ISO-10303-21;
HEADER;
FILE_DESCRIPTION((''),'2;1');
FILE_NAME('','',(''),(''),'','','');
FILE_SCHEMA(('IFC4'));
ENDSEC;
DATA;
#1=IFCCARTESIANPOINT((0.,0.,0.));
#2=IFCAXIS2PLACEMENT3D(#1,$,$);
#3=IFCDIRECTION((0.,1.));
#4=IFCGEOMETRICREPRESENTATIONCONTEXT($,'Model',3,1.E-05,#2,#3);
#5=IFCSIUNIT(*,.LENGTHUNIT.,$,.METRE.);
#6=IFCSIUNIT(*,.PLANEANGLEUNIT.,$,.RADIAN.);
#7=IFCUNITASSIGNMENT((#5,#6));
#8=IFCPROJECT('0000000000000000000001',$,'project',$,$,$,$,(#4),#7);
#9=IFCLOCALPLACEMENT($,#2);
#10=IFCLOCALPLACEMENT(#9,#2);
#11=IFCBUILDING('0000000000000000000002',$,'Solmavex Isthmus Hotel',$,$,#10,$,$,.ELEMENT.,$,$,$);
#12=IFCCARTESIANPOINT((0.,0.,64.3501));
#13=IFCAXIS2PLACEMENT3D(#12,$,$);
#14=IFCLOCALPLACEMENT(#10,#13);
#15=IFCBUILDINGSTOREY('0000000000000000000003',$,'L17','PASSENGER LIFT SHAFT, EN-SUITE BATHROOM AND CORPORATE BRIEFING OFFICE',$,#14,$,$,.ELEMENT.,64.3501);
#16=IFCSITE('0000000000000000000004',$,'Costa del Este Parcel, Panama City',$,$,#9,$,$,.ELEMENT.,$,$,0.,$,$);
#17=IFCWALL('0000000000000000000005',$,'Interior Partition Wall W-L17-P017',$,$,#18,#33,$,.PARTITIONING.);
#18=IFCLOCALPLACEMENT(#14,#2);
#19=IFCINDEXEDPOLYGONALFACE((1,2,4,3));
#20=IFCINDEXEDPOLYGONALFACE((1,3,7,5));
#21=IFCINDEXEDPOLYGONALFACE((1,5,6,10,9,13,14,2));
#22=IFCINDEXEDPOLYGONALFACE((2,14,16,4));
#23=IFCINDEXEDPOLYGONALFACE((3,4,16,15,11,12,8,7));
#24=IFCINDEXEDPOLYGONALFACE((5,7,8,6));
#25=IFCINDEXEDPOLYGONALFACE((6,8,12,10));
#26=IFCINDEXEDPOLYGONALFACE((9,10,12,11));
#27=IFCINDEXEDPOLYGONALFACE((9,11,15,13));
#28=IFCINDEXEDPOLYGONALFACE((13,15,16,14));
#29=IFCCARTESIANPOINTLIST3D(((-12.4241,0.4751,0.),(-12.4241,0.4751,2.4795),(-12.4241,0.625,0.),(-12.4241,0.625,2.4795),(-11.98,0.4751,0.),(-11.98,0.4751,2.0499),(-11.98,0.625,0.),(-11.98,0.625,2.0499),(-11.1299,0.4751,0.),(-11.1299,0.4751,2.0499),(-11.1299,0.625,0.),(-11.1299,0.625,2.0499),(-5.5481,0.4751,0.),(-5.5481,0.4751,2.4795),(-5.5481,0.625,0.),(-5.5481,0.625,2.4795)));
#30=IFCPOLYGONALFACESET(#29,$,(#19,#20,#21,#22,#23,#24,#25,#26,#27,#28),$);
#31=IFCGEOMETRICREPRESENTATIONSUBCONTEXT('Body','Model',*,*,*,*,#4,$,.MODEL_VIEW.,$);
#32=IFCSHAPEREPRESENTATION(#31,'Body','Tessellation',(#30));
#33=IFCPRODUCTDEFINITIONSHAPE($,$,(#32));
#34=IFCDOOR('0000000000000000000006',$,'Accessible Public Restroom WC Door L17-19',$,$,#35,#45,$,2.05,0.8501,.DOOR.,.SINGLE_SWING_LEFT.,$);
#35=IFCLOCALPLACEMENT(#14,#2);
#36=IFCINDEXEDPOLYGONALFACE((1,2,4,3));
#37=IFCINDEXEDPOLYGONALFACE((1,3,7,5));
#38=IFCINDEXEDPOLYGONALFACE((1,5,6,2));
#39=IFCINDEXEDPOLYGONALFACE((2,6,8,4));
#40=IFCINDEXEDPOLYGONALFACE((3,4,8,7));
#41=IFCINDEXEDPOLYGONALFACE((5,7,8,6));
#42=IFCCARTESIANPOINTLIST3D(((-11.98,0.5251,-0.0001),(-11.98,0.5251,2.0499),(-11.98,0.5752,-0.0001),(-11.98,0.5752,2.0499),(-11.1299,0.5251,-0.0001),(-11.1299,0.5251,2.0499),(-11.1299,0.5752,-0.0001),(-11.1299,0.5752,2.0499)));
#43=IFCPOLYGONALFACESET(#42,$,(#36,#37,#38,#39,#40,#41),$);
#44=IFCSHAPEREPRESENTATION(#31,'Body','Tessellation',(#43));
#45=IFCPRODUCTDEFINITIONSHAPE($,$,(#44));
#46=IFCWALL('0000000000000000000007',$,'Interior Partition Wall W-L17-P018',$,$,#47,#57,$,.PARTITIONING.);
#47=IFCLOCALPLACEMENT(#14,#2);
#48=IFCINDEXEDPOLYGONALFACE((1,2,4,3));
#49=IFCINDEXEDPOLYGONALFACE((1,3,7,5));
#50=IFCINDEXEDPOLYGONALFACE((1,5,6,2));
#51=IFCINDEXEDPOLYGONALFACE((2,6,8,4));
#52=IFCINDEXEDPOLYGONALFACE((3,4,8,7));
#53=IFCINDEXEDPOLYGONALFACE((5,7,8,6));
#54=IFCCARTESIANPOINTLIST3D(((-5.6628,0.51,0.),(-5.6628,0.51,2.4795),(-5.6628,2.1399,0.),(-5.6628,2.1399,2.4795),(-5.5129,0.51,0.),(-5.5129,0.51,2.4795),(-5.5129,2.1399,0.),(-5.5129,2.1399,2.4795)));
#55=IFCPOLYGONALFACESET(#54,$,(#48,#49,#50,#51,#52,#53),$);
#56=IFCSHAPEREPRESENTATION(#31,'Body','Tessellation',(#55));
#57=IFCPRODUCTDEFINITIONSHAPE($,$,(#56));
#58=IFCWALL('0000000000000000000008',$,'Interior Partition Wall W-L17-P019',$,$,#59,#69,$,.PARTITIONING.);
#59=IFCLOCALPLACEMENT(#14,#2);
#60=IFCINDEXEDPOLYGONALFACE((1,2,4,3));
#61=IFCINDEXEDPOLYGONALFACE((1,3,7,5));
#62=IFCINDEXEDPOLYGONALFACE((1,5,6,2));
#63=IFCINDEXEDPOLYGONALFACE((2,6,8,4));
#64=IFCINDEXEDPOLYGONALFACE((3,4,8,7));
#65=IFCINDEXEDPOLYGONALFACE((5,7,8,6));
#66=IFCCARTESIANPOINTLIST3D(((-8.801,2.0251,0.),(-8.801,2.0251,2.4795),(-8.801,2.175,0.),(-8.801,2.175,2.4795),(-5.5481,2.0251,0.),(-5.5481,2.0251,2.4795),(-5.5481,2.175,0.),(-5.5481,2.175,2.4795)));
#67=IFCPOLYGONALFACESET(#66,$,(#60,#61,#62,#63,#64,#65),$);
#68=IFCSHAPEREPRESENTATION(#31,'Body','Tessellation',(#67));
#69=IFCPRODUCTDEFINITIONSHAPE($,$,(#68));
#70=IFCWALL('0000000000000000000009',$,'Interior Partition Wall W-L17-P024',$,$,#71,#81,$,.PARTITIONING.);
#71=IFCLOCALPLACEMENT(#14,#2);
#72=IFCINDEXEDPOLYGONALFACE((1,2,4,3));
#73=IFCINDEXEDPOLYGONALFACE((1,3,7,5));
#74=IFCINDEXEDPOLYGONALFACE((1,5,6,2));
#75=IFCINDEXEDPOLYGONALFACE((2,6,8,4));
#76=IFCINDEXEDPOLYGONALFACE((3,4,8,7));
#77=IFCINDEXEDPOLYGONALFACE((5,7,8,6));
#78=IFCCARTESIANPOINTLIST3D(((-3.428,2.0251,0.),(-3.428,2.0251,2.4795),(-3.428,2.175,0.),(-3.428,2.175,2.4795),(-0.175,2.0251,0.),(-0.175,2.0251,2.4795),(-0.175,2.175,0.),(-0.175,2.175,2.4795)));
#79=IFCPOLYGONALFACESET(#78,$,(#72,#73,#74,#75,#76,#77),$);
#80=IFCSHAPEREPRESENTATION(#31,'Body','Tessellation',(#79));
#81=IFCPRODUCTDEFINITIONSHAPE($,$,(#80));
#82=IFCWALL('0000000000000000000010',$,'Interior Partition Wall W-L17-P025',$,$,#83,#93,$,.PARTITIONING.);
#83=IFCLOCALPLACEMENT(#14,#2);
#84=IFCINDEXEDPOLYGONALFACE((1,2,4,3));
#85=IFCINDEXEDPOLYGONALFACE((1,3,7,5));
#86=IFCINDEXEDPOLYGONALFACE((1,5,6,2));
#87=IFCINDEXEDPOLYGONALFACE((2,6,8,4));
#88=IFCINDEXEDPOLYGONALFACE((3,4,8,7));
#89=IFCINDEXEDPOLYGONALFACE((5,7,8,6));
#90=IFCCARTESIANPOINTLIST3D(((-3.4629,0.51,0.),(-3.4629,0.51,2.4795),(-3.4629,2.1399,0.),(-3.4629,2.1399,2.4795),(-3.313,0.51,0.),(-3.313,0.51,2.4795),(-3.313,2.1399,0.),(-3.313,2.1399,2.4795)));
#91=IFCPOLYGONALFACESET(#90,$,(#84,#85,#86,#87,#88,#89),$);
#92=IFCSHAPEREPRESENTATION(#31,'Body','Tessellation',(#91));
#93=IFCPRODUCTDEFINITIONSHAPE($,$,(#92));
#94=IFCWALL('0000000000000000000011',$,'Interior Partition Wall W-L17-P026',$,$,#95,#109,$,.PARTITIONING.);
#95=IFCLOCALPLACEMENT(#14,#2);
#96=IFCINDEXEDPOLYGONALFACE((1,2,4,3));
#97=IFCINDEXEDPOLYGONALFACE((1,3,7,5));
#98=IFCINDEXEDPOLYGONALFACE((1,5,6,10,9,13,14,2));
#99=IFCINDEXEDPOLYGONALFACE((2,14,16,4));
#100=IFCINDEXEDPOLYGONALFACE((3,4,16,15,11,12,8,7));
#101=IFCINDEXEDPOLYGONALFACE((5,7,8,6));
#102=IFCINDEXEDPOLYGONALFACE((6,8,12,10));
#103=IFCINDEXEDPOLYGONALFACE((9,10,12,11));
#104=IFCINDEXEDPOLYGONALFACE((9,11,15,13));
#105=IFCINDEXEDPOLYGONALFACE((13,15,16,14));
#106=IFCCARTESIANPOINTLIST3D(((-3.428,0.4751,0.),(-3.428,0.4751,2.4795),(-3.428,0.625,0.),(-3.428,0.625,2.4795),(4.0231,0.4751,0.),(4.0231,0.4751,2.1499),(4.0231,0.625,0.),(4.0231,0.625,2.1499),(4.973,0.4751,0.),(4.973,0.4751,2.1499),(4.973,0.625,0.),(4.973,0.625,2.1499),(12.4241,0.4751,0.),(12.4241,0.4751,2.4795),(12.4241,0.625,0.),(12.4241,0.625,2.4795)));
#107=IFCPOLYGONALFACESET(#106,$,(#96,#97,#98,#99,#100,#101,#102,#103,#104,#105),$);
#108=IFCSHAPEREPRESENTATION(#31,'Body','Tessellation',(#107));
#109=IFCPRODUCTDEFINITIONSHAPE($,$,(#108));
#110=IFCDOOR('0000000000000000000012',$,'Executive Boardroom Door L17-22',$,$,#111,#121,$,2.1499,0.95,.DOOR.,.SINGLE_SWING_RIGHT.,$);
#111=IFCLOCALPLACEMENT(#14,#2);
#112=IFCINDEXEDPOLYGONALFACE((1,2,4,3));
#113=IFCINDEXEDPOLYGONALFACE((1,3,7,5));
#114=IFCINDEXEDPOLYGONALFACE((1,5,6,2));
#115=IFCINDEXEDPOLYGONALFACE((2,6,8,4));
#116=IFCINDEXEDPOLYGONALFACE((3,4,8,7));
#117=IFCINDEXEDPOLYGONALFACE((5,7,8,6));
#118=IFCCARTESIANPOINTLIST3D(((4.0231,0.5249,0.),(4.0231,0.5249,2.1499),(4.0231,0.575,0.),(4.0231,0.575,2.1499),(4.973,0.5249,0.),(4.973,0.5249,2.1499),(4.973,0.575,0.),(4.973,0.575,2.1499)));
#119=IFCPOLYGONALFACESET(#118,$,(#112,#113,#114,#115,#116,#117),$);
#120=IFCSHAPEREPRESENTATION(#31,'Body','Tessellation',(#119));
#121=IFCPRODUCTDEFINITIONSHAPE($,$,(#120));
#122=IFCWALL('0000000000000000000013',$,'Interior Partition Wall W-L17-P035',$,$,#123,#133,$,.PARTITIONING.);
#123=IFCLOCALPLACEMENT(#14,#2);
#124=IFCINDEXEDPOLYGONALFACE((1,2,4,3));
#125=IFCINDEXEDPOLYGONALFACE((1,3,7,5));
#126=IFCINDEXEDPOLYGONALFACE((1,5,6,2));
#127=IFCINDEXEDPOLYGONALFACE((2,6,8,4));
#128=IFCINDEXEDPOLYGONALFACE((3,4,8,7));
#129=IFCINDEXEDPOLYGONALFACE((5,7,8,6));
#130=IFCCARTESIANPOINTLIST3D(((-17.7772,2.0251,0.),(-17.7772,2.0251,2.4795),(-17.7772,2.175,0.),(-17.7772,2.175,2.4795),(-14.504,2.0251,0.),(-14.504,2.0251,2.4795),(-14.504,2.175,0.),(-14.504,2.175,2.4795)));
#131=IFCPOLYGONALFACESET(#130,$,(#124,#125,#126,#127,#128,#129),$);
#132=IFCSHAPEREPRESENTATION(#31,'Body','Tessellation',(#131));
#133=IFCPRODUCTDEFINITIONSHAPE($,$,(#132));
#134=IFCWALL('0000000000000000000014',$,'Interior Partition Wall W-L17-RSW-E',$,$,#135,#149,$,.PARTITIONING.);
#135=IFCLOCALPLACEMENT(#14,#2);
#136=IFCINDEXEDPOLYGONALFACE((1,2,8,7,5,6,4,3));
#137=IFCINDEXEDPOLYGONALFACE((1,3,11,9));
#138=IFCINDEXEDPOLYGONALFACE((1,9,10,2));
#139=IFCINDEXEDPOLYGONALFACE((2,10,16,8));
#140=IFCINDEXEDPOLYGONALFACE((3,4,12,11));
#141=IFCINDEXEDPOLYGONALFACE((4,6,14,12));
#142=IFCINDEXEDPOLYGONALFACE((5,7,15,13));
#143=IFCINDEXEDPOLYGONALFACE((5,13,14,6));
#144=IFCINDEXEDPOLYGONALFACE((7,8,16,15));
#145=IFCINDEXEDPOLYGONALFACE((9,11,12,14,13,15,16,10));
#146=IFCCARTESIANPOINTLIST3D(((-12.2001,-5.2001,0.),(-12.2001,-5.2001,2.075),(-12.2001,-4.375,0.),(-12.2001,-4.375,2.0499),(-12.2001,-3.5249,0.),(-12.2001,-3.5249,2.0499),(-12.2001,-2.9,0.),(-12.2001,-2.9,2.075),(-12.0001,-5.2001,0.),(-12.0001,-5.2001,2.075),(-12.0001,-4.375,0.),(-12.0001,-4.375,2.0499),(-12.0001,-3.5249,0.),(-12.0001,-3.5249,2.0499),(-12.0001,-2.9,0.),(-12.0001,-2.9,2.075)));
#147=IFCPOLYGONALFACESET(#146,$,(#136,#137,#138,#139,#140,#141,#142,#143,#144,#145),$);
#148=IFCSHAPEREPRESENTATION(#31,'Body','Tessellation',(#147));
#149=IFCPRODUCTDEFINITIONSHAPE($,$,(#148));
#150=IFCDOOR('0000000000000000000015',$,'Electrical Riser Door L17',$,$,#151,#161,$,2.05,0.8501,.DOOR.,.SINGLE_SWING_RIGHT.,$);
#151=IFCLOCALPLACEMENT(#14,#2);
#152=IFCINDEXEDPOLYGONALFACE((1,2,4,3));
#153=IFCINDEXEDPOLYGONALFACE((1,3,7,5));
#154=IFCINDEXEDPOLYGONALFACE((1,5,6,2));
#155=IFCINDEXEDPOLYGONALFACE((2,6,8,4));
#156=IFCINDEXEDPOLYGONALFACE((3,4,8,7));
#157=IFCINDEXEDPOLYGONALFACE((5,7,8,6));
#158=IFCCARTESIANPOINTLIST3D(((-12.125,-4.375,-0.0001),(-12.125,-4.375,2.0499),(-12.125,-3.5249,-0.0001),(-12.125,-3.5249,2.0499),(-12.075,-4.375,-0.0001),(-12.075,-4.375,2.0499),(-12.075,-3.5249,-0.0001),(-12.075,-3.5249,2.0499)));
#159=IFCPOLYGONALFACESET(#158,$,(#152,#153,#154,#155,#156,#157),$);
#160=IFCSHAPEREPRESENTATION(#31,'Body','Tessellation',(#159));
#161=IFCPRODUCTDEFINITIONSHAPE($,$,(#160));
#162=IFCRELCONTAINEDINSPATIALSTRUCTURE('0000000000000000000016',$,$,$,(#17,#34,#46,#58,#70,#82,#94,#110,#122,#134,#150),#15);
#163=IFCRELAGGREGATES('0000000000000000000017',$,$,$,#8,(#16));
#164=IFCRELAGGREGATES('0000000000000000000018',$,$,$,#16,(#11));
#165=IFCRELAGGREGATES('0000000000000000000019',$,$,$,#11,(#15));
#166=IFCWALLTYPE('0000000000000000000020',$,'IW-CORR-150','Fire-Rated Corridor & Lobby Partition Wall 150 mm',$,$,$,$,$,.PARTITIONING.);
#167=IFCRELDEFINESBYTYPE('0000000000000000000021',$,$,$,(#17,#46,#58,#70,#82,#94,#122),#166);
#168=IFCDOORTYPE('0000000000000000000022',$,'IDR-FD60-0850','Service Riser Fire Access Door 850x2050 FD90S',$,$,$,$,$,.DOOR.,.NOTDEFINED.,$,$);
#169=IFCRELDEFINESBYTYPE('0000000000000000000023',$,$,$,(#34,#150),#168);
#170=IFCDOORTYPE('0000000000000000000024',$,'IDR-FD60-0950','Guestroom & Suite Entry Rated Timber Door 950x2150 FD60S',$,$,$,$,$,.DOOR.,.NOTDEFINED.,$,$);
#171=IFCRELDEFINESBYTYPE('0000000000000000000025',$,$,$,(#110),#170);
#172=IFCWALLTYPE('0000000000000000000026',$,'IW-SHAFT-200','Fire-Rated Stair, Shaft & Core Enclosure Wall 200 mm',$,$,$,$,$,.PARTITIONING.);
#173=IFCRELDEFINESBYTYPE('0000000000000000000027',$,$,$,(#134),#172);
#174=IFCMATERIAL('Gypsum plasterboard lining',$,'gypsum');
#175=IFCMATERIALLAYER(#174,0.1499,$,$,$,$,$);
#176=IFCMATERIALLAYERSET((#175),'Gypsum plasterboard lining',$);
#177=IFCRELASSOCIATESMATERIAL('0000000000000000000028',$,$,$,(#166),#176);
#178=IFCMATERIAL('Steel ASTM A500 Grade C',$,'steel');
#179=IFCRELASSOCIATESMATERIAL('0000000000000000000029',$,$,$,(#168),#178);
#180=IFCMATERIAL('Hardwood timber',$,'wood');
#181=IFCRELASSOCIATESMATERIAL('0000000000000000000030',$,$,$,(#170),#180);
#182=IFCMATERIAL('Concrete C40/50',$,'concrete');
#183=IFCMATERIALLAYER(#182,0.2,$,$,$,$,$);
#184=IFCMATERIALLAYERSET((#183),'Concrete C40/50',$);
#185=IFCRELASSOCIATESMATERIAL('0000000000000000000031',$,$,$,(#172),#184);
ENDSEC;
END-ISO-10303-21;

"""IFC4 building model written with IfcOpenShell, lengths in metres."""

from ifc_helpers import new_model, si_unit, direction, frame, frame_2d, origin, place, context, subcontext, project, spatial, rectangle, extrude, material, layer, layer_set, type_object, element, fill, save


model = new_model("IFC4")

# Units and contexts
model_context = context("Model", 3, precision=1e-05, world=origin(), true_north=direction((0.0, 1.0)))
body_context = subcontext(model_context, "Body", "Model", "MODEL_VIEW")
ifc_project = project(units=[si_unit("LENGTHUNIT", "METRE"), si_unit("PLANEANGLEUNIT", "RADIAN")], contexts=[model_context])

# Site, building, storey
site_placement = place(None, origin())
site = spatial("IfcSite", under=ifc_project, at=site_placement, Name="Costa del Este Parcel, Panama City", CompositionType="ELEMENT", RefElevation=0.0)
building_placement = place(site_placement, origin())
building = spatial("IfcBuilding", under=site, at=building_placement, Name="Solmavex Isthmus Hotel", CompositionType="ELEMENT")
storey_placement = place(building_placement, frame((0.0, 0.0, 64.3501)))
storey = spatial("IfcBuildingStorey", under=building, at=storey_placement, Name="L17", Description="PASSENGER LIFT SHAFT, EN-SUITE BATHROOM AND CORPORATE BRIEFING OFFICE", CompositionType="ELEMENT", Elevation=64.3501)

# Shared definitions
ifc_material_1 = material(Name="Concrete C40/50", Category="concrete")

# Shared definitions
ifc_material_2 = material(Name="Gypsum plasterboard lining", Category="gypsum")
ifc_layer_1 = layer(ifc_material_2, 0.1499)
ifc_layer_set_1 = layer_set([ifc_layer_1], Name="Gypsum plasterboard lining")
wall_type_1 = type_object("IfcWallType", Name="IW-CORR-150", Description="Fire-Rated Corridor & Lobby Partition Wall 150 mm", PredefinedType="PARTITIONING", material=ifc_layer_set_1)

# Wall, opening, door
wall_1_placement = place(storey_placement, frame((-12.4241, 0.55, 0.0), z_axis=(0.0, 0.0, 1.0), x_axis=(1.0, 0.0, 0.0)))
wall_1 = element("IfcWall", 1, at=wall_1_placement, inside=storey, type_object=wall_type_1, Name="Interior Partition Wall W-L17-P017", PredefinedType="PARTITIONING", context=body_context, shape_type="SweptSolid", body=[
    extrude(rectangle(XDim=6.876, YDim=0.1499, at=frame_2d((3.438, 0.0))), origin(), (0.0, 0.0, 1.0), 2.4795),
])
opening_1_placement = place(wall_1_placement, frame((0.4441, 0.0, 0.0)))
opening_1 = element("IfcOpeningElement", 2, at=opening_1_placement, cuts=wall_1, PredefinedType="OPENING", context=body_context, shape_type="SweptSolid", body=[
    extrude(rectangle(XDim=0.8501, YDim=2.05, at=frame_2d((0.425, 1.0249))), frame((0.0, 0.085, 0.0), z_axis=(0.0, -1.0, 0.0), x_axis=(1.0, 0.0, 0.0)), (0.0, 0.0, 1.0), 0.1699),
])
ifc_material_3 = material(Name="Steel ASTM A500 Grade C", Category="steel")
door_type_1 = type_object("IfcDoorType", Name="IDR-FD60-0850", Description="Service Riser Fire Access Door 850x2050 FD90S", OperationType="NOTDEFINED", PredefinedType="DOOR", material=ifc_material_3)
door_1_placement = place(opening_1_placement, frame((0.8501, 0.0, 0.0), z_axis=(0.0, 0.0, 1.0), x_axis=(-1.0, 0.0, 0.0)))
door_1 = element("IfcDoor", 3, at=door_1_placement, inside=storey, type_object=door_type_1, Name="Accessible Public Restroom WC Door L17-19", OperationType="SINGLE_SWING_LEFT", OverallHeight=2.05, OverallWidth=0.8501, PredefinedType="DOOR", context=body_context, shape_type="SweptSolid", body=[
    extrude(rectangle(XDim=0.8501, YDim=2.05, at=frame_2d((0.425, 1.0249))), frame((0.0, 0.0249, 0.0), z_axis=(0.0, -1.0, 0.0), x_axis=(1.0, 0.0, 0.0)), (0.0, 0.0, 1.0), 0.05),
])
fill(opening_1, door_1)

# Walls
wall_2_placement = place(storey_placement, frame((-5.5879, 0.51, 0.0), z_axis=(0.0, 0.0, 1.0), x_axis=(0.0, 1.0, 0.0)))
element("IfcWall", 4, at=wall_2_placement, inside=storey, type_object=wall_type_1, Name="Interior Partition Wall W-L17-P018", PredefinedType="PARTITIONING", context=body_context, shape_type="SweptSolid", body=[
    extrude(rectangle(XDim=1.6299, YDim=0.1499, at=frame_2d((0.8149, 0.0))), origin(), (0.0, 0.0, 1.0), 2.4795),
])
for number, where, z_axis, x_axis, name in (
    (5, (-5.5481, 2.1001, 0.0), (0.0, 0.0, 1.0), (-1.0, 0.0, 0.0), "Interior Partition Wall W-L17-P019"),
    (6, (-0.175, 2.1001, 0.0), (0.0, 0.0, 1.0), (-1.0, 0.0, 0.0), "Interior Partition Wall W-L17-P024"),
):
    element("IfcWall", number, at=place(storey_placement, frame(where, z_axis=z_axis, x_axis=x_axis)), inside=storey, type_object=wall_type_1, Name=name, PredefinedType="PARTITIONING", context=body_context, shape_type="SweptSolid", body=[
        extrude(rectangle(XDim=3.2529, YDim=0.1499, at=frame_2d((1.6265, 0.0))), origin(), (0.0, 0.0, 1.0), 2.4795),
    ])
wall_3_placement = place(storey_placement, frame((-3.3879, 2.1399, 0.0), z_axis=(0.0, 0.0, 1.0), x_axis=(0.0, -1.0, 0.0)))
element("IfcWall", 7, at=wall_3_placement, inside=storey, type_object=wall_type_1, Name="Interior Partition Wall W-L17-P025", PredefinedType="PARTITIONING", context=body_context, shape_type="SweptSolid", body=[
    extrude(rectangle(XDim=1.6299, YDim=0.1499, at=frame_2d((0.8149, 0.0))), origin(), (0.0, 0.0, 1.0), 2.4795),
])

# Wall, opening, door
wall_4_placement = place(storey_placement, frame((-3.428, 0.55, 0.0), z_axis=(0.0, 0.0, 1.0), x_axis=(1.0, 0.0, 0.0)))
wall_4 = element("IfcWall", 8, at=wall_4_placement, inside=storey, type_object=wall_type_1, Name="Interior Partition Wall W-L17-P026", PredefinedType="PARTITIONING", context=body_context, shape_type="SweptSolid", body=[
    extrude(rectangle(XDim=15.8521, YDim=0.1499, at=frame_2d((7.926, 0.0))), origin(), (0.0, 0.0, 1.0), 2.4795),
])
opening_2_placement = place(wall_4_placement, frame((7.4509, 0.0, 0.0)))
opening_2 = element("IfcOpeningElement", 9, at=opening_2_placement, cuts=wall_4, PredefinedType="OPENING", context=body_context, shape_type="SweptSolid", body=[
    extrude(rectangle(XDim=0.95, YDim=2.1499, at=frame_2d((0.4751, 1.075))), frame((0.0, 0.085, 0.0), z_axis=(0.0, -1.0, 0.0), x_axis=(1.0, 0.0, 0.0)), (0.0, 0.0, 1.0), 0.1699),
])
ifc_material_4 = material(Name="Hardwood timber", Category="wood")
door_type_2 = type_object("IfcDoorType", Name="IDR-FD60-0950", Description="Guestroom & Suite Entry Rated Timber Door 950x2150 FD60S", OperationType="NOTDEFINED", PredefinedType="DOOR", material=ifc_material_4)
door_2_placement = place(opening_2_placement, origin())
door_2 = element("IfcDoor", 10, at=door_2_placement, inside=storey, type_object=door_type_2, Name="Executive Boardroom Door L17-22", OperationType="SINGLE_SWING_RIGHT", OverallHeight=2.1499, OverallWidth=0.95, PredefinedType="DOOR", context=body_context, shape_type="SweptSolid", body=[
    extrude(rectangle(XDim=0.95, YDim=2.1499, at=frame_2d((0.4751, 1.075))), frame((0.0, 0.0249, 0.0), z_axis=(0.0, -1.0, 0.0), x_axis=(1.0, 0.0, 0.0)), (0.0, 0.0, 1.0), 0.05),
])
fill(opening_2, door_2)

# Wall
wall_5_placement = place(storey_placement, frame((-14.5039, 2.1001, 0.0), z_axis=(0.0, 0.0, 1.0), x_axis=(-1.0, 0.0, 0.0)))
element("IfcWall", 11, at=wall_5_placement, inside=storey, type_object=wall_type_1, Name="Interior Partition Wall W-L17-P035", PredefinedType="PARTITIONING", context=body_context, shape_type="SweptSolid", body=[
    extrude(rectangle(XDim=3.2732, YDim=0.1499, at=frame_2d((1.6367, 0.0))), origin(), (0.0, 0.0, 1.0), 2.4795),
])

# Wall, opening, door
ifc_layer_2 = layer(ifc_material_1, 0.2)
ifc_layer_set_2 = layer_set([ifc_layer_2], Name="Concrete C40/50")
wall_type_2 = type_object("IfcWallType", Name="IW-SHAFT-200", Description="Fire-Rated Stair, Shaft & Core Enclosure Wall 200 mm", PredefinedType="PARTITIONING", material=ifc_layer_set_2)
wall_6_placement = place(storey_placement, frame((-12.1001, -5.2, 0.0), z_axis=(0.0, 0.0, 1.0), x_axis=(0.0, 1.0, 0.0)))
wall_6 = element("IfcWall", 12, at=wall_6_placement, inside=storey, type_object=wall_type_2, Name="Interior Partition Wall W-L17-RSW-E", PredefinedType="PARTITIONING", context=body_context, shape_type="SweptSolid", body=[
    extrude(rectangle(XDim=2.3, YDim=0.2, at=frame_2d((1.1499, 0.0))), origin(), (0.0, 0.0, 1.0), 2.075),
])
opening_3_placement = place(wall_6_placement, frame((0.825, 0.0, 0.0)))
opening_3 = element("IfcOpeningElement", 13, at=opening_3_placement, cuts=wall_6, PredefinedType="OPENING", context=body_context, shape_type="SweptSolid", body=[
    extrude(rectangle(XDim=0.8501, YDim=2.05, at=frame_2d((0.425, 1.0249))), frame((0.0, 0.1099, 0.0), z_axis=(0.0, -1.0, 0.0), x_axis=(1.0, 0.0, 0.0)), (0.0, 0.0, 1.0), 0.22),
])
door_3_placement = place(opening_3_placement, origin())
door_3 = element("IfcDoor", 14, at=door_3_placement, inside=storey, type_object=door_type_1, Name="Electrical Riser Door L17", OperationType="SINGLE_SWING_RIGHT", OverallHeight=2.05, OverallWidth=0.8501, PredefinedType="DOOR", context=body_context, shape_type="SweptSolid", body=[
    extrude(rectangle(XDim=0.8501, YDim=2.05, at=frame_2d((0.425, 1.0249))), frame((0.0, 0.0249, 0.0), z_axis=(0.0, -1.0, 0.0), x_axis=(1.0, 0.0, 0.0)), (0.0, 0.0, 1.0), 0.05),
])
fill(opening_3, door_3)

save(model, "model.ifc")
